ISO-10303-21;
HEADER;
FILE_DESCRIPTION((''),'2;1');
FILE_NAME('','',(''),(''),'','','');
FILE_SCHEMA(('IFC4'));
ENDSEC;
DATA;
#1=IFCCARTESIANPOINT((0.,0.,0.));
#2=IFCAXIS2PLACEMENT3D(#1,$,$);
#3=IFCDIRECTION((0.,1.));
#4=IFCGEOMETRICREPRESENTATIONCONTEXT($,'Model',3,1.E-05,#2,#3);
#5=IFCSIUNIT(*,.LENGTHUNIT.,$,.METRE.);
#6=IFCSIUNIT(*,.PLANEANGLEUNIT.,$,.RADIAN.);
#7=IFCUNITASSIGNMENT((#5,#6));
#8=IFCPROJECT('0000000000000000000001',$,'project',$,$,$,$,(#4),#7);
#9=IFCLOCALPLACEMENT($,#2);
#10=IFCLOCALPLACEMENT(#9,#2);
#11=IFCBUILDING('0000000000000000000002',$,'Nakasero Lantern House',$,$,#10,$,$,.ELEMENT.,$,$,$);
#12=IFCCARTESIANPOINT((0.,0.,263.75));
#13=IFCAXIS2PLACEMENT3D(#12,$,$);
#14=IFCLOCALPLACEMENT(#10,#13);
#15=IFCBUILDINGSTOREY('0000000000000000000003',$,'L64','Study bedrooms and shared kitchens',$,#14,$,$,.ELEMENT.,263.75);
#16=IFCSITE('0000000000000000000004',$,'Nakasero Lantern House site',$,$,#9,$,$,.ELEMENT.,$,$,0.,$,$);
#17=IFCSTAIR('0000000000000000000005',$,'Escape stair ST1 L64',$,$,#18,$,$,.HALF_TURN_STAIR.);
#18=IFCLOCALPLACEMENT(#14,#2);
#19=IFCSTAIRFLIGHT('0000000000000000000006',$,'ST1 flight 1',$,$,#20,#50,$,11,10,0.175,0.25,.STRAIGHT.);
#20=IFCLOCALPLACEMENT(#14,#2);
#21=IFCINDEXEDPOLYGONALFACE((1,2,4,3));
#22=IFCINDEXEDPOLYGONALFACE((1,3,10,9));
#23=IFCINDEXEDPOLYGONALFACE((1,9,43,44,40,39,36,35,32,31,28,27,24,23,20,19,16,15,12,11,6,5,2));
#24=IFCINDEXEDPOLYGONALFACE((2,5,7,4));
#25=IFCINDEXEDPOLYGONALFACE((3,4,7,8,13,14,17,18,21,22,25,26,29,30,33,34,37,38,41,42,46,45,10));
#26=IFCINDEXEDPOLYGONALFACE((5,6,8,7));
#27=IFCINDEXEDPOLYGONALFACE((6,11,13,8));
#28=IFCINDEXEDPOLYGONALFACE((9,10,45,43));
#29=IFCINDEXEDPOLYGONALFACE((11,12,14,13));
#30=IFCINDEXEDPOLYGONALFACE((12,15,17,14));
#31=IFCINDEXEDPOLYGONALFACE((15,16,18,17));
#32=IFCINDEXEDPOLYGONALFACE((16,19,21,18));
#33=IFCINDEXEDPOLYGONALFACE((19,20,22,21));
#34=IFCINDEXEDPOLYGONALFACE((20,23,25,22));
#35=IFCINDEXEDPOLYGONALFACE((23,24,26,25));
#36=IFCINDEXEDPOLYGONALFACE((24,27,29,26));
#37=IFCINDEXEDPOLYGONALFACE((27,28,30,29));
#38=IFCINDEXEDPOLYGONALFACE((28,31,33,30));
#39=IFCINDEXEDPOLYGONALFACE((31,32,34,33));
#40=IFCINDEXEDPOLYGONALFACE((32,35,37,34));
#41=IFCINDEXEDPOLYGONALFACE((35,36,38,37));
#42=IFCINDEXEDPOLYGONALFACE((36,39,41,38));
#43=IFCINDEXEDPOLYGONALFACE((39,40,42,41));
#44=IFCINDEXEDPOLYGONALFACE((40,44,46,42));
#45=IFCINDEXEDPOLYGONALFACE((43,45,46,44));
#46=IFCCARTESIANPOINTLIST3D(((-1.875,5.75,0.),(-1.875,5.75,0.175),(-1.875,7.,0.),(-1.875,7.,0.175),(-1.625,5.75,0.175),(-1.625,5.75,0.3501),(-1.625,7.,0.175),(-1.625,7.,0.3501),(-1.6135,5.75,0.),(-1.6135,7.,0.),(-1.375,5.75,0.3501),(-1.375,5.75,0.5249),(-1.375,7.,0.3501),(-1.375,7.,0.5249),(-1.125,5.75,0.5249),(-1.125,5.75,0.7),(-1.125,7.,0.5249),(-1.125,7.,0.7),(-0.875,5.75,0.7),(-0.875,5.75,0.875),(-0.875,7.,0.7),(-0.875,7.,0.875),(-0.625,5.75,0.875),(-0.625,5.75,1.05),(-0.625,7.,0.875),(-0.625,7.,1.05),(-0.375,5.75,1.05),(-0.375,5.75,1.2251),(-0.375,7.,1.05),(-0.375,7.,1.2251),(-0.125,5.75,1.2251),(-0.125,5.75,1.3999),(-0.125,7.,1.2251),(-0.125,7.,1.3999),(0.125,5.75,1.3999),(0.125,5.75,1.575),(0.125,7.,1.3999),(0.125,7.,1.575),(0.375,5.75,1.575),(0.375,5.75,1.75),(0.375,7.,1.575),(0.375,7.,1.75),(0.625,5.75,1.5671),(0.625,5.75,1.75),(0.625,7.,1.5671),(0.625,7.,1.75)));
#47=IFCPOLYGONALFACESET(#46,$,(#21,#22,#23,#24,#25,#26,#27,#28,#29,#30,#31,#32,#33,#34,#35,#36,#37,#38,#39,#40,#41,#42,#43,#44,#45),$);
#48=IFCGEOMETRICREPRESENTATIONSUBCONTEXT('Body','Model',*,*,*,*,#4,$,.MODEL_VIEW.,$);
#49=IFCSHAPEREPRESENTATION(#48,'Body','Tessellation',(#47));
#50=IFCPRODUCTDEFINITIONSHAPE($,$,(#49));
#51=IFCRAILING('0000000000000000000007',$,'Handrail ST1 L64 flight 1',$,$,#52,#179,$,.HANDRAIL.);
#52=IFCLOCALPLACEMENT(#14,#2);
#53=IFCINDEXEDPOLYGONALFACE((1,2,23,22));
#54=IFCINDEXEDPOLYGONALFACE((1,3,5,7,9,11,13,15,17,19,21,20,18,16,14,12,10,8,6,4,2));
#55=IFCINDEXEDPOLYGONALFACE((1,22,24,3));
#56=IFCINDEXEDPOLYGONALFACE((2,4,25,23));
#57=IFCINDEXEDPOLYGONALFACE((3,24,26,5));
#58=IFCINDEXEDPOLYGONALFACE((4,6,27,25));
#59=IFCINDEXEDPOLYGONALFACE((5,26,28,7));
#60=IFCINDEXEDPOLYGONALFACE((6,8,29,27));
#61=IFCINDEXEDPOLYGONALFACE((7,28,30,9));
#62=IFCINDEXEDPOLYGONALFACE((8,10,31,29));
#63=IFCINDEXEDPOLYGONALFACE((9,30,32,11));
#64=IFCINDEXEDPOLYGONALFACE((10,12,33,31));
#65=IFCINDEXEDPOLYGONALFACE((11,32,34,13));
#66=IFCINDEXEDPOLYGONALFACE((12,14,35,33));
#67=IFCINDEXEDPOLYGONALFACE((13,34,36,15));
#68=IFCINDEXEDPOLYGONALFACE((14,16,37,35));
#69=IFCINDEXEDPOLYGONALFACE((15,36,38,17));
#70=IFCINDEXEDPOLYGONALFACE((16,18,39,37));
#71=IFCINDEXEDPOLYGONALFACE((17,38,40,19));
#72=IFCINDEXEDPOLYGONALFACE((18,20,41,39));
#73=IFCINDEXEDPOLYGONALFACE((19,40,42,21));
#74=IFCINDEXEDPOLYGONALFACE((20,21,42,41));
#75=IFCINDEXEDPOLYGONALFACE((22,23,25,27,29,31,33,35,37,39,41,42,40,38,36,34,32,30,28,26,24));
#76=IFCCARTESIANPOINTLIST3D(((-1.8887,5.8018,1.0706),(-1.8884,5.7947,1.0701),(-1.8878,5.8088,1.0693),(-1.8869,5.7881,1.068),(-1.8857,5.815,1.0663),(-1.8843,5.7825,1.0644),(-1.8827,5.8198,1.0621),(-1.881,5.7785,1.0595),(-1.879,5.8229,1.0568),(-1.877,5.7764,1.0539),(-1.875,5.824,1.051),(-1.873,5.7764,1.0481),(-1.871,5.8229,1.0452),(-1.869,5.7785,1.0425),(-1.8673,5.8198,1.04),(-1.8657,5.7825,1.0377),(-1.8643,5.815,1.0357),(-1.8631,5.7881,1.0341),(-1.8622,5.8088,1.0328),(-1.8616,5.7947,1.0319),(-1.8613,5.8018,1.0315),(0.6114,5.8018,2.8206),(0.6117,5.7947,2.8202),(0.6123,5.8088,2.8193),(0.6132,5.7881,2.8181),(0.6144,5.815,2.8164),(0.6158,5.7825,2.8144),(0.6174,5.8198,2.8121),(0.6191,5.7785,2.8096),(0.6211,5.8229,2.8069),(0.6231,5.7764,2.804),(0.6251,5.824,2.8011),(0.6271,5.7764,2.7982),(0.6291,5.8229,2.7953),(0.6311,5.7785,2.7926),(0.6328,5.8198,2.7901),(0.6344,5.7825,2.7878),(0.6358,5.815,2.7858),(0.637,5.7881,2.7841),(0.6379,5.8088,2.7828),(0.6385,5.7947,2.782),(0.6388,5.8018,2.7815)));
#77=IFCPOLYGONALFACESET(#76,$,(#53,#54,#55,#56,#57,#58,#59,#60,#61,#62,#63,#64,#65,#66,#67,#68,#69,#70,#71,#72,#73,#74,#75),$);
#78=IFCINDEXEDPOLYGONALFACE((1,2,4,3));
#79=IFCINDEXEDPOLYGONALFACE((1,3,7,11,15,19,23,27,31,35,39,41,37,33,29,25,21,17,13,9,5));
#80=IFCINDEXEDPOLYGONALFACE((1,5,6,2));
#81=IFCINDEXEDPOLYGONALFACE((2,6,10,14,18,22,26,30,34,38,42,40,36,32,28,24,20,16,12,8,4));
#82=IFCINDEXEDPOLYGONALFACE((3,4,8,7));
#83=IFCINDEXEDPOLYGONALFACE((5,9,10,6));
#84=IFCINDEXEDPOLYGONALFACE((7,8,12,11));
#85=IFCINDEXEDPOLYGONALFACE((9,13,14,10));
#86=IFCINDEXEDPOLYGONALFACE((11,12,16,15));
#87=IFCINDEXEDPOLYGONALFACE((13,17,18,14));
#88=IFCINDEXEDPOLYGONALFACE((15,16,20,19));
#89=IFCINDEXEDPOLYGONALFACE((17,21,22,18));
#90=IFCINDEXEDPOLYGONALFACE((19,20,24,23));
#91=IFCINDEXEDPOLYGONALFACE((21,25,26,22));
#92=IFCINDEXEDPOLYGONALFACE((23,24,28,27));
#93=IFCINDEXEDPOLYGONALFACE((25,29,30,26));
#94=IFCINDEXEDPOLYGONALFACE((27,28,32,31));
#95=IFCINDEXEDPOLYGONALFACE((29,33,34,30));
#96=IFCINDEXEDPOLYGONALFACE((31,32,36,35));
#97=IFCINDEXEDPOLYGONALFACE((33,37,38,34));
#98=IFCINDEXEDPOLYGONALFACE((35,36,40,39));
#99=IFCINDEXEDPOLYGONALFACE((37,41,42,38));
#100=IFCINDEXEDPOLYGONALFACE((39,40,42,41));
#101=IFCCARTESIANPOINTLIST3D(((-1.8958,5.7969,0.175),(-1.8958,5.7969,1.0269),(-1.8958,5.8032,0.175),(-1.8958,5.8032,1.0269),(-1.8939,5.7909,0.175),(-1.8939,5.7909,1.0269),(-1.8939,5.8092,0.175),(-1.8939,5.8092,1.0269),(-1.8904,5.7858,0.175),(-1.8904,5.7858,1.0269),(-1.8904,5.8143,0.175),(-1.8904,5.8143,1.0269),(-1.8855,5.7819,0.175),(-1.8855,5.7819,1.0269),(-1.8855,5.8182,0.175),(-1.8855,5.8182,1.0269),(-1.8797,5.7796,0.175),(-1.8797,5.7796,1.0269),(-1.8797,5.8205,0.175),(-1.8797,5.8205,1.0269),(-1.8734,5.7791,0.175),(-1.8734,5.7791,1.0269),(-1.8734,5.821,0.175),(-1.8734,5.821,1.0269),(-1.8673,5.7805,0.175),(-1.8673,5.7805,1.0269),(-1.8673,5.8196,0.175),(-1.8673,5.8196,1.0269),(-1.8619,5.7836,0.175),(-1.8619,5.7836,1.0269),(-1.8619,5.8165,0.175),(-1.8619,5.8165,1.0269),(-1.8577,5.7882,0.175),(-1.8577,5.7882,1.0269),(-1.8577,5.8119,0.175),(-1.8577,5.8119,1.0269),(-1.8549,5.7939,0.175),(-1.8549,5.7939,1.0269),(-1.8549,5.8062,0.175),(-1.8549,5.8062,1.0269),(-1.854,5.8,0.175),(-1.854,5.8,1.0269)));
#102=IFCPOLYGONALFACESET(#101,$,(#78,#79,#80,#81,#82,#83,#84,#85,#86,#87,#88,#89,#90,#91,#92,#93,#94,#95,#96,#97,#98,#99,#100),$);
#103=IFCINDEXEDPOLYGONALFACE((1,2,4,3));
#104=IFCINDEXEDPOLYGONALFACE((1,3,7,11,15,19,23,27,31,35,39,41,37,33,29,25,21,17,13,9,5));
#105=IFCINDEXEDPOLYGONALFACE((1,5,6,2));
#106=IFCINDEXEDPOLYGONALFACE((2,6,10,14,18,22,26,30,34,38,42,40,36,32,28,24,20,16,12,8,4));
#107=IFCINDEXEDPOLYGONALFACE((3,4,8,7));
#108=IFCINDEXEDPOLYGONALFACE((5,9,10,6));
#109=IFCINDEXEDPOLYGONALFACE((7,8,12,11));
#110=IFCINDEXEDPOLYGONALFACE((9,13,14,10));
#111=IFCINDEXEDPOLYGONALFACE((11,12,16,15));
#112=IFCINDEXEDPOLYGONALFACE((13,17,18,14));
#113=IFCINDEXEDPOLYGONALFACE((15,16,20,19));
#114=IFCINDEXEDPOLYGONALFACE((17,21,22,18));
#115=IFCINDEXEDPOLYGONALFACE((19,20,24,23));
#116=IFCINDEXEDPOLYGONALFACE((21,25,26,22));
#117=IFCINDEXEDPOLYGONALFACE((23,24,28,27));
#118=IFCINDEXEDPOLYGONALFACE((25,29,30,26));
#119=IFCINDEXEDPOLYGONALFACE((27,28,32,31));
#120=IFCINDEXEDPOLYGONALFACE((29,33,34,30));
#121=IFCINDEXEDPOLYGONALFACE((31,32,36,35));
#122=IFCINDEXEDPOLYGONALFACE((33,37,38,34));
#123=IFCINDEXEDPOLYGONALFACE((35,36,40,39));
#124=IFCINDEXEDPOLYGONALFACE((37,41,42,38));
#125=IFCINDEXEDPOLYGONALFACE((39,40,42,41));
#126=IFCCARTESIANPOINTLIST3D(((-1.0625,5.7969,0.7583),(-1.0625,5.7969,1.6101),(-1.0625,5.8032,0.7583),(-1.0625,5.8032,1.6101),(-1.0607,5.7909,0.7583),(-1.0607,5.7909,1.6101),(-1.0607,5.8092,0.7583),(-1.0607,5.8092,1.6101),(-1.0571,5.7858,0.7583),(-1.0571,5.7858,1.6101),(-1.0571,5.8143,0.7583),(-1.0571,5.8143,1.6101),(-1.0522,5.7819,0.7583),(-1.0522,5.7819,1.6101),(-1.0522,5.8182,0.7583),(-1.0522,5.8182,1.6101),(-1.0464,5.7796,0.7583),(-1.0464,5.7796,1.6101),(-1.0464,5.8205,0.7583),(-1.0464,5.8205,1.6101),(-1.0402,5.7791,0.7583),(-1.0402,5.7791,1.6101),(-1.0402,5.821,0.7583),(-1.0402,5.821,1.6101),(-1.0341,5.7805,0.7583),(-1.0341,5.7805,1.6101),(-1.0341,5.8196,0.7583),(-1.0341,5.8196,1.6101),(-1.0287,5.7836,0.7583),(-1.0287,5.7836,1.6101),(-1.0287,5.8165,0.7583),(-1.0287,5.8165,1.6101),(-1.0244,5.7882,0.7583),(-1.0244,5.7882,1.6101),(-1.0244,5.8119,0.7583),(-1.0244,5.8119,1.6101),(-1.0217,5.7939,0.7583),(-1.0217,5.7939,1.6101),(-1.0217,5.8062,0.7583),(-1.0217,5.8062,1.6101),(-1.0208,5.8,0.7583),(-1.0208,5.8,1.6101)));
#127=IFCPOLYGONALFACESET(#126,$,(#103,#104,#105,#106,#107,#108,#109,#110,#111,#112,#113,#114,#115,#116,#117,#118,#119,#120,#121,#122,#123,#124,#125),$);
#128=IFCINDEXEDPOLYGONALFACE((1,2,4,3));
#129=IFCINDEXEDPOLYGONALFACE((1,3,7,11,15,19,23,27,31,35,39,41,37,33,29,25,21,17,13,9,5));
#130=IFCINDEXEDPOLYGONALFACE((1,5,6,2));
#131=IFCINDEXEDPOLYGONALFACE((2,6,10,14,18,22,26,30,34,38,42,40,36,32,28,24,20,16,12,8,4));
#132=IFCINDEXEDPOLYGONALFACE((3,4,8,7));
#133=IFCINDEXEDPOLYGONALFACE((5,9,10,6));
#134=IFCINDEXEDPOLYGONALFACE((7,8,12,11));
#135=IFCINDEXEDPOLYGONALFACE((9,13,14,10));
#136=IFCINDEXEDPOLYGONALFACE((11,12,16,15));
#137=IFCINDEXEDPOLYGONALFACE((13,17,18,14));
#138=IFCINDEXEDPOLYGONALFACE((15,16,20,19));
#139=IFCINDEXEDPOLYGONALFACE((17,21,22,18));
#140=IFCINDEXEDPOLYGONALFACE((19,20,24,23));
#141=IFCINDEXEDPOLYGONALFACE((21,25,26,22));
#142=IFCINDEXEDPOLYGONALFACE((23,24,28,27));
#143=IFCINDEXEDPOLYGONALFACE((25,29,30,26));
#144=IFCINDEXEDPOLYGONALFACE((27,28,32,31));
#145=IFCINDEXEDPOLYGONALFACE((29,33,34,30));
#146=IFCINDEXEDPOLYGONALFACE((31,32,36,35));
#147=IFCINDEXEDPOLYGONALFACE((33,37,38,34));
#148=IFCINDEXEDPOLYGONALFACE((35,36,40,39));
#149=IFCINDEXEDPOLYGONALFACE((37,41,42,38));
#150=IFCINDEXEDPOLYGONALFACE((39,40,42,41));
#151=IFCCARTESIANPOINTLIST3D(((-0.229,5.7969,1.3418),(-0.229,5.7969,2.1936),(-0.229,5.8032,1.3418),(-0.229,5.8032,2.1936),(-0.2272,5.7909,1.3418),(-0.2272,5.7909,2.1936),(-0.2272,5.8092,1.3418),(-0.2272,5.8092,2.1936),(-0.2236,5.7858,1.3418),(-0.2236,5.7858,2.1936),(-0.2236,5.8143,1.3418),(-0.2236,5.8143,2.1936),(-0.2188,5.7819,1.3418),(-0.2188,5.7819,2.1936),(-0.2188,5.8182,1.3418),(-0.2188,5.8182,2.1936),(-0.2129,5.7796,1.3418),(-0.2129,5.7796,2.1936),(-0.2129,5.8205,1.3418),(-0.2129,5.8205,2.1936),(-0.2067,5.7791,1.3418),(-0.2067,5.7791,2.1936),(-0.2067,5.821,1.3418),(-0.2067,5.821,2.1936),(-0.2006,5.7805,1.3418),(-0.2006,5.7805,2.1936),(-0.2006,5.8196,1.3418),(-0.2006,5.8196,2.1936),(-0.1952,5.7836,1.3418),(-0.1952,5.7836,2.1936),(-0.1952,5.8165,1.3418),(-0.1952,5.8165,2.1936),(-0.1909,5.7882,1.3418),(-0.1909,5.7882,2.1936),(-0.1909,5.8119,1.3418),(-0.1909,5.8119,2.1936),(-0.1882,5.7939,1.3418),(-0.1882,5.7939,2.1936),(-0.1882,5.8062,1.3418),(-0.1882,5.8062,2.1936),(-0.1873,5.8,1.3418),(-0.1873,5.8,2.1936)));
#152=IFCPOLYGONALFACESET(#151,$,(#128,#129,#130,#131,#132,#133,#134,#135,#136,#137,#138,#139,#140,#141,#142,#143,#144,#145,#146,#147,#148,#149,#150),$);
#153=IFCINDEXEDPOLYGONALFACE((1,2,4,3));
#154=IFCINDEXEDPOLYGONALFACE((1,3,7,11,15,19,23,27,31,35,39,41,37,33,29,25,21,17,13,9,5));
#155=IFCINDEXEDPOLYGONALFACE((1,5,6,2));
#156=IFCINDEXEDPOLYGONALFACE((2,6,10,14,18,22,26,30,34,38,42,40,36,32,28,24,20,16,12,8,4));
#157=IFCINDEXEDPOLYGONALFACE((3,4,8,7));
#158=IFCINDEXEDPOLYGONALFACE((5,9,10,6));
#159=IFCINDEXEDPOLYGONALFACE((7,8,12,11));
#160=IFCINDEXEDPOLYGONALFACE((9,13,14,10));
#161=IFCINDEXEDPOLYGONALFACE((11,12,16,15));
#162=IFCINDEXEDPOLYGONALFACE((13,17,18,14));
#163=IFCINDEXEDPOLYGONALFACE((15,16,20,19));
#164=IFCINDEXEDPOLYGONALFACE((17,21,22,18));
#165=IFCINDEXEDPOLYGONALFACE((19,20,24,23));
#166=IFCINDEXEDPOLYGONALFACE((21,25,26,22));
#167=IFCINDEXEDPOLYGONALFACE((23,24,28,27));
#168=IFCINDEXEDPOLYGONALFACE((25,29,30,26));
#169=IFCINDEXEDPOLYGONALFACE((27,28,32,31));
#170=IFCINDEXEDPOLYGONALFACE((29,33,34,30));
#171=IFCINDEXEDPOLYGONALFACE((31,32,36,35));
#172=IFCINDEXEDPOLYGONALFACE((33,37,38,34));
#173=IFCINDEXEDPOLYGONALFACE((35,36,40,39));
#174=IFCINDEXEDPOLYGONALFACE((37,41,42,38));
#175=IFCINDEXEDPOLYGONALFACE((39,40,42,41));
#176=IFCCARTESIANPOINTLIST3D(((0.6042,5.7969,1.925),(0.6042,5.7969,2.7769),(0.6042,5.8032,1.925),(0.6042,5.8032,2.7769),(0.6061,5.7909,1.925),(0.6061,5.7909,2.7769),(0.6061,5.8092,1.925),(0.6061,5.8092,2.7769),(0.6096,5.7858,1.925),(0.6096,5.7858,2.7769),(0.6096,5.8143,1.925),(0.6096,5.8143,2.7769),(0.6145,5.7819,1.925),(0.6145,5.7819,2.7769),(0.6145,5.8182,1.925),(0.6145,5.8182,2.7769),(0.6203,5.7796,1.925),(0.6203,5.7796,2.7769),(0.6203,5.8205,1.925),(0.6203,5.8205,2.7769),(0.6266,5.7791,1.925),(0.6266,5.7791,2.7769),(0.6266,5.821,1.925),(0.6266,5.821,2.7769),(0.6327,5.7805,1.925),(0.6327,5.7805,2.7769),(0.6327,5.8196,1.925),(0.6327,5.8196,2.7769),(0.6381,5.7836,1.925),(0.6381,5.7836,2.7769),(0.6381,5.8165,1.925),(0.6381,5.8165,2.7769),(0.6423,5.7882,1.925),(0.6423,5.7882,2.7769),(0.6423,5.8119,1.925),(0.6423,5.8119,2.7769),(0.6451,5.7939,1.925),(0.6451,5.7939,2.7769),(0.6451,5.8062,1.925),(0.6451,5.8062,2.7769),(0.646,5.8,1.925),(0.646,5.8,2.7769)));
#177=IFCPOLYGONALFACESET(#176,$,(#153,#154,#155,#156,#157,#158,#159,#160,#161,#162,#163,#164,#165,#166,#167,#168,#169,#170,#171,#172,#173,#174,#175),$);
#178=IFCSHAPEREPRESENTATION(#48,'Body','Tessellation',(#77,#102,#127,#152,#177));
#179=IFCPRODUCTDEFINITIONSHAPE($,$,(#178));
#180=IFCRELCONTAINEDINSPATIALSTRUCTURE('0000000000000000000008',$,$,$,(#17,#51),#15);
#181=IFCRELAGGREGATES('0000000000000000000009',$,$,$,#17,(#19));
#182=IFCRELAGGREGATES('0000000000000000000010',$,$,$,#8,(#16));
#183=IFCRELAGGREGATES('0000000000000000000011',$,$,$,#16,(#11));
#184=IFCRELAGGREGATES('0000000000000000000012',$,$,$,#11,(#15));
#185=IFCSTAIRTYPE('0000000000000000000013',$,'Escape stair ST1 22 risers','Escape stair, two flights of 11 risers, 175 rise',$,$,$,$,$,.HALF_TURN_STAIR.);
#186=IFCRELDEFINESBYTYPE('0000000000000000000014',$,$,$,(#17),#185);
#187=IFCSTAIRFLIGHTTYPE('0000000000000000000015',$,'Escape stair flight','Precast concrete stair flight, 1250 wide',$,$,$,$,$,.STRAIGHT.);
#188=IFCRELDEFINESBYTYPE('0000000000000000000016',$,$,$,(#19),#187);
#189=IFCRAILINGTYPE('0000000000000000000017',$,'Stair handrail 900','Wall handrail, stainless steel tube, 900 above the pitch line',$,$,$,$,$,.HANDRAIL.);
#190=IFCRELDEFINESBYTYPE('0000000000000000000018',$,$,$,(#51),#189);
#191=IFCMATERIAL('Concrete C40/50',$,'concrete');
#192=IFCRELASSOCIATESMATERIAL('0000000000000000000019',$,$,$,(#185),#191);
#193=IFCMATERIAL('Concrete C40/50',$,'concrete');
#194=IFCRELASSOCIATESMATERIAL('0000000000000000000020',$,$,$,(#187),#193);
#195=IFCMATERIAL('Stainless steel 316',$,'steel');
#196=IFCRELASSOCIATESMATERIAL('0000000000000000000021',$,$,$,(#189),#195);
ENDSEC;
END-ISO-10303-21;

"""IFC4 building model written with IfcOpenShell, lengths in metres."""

from ifc_helpers import new_model, si_unit, direction, frame, origin, origin_2d, place, context, subcontext, project, spatial, polyline, circle, outline, extrude, material, type_object, element, aggregate, save


model = new_model("IFC4")

# Units and contexts
model_context = context("Model", 3, precision=1e-05, world=origin(), true_north=direction((0.0, 1.0)))
body_context = subcontext(model_context, "Body", "Model", "MODEL_VIEW")
ifc_project = project(units=[si_unit("LENGTHUNIT", "METRE"), si_unit("PLANEANGLEUNIT", "RADIAN")], contexts=[model_context])

# Site, building, storey
site_placement = place(None, origin())
site = spatial("IfcSite", under=ifc_project, at=site_placement, Name="Nakasero Lantern House site", CompositionType="ELEMENT", RefElevation=0.0)
building_placement = place(site_placement, origin())
building = spatial("IfcBuilding", under=site, at=building_placement, Name="Nakasero Lantern House", CompositionType="ELEMENT")
storey_placement = place(building_placement, frame((0.0, 0.0, 263.75)))
storey = spatial("IfcBuildingStorey", under=building, at=storey_placement, Name="L64", Description="Study bedrooms and shared kitchens", CompositionType="ELEMENT", Elevation=263.75)

# Stair, stair flight
ifc_material_1 = material(Name="Concrete C40/50", Category="concrete")
stair_type = type_object("IfcStairType", Name="Escape stair ST1 22 risers", Description="Escape stair, two flights of 11 risers, 175 rise", PredefinedType="HALF_TURN_STAIR", material=ifc_material_1)
stair_placement = place(storey_placement, origin())
stair = element("IfcStair", 1, at=stair_placement, inside=storey, type_object=stair_type, Name="Escape stair ST1 L64", PredefinedType="HALF_TURN_STAIR")
ifc_material_2 = material(Name="Concrete C40/50", Category="concrete")
stair_flight_type = type_object("IfcStairFlightType", Name="Escape stair flight", Description="Precast concrete stair flight, 1250 wide", PredefinedType="STRAIGHT", material=ifc_material_2)
stair_flight_placement = place(storey_placement, frame((-1.875, 6.375, 0.0), z_axis=(0.0, 0.0, 1.0), x_axis=(1.0, 0.0, 0.0)))
stair_flight = element("IfcStairFlight", 2, at=stair_flight_placement, type_object=stair_flight_type, Name="ST1 flight 1", NumberOfRisers=11, NumberOfTreads=10, PredefinedType="STRAIGHT", RiserHeight=0.175, TreadLength=0.25, context=body_context, shape_type="SweptSolid", body=[
    extrude(outline(polyline([(0.0, 0.0), (0.0, 0.175), (0.25, 0.175), (0.25, 0.3501), (0.5, 0.3501), (0.5, 0.5249), (0.75, 0.5249), (0.75, 0.7), (1.0, 0.7), (1.0, 0.875), (1.25, 0.875), (1.25, 1.05), (1.5, 1.05), (1.5, 1.2251), (1.75, 1.2251), (1.75, 1.3999), (2.0, 1.3999), (2.0, 1.575), (2.25, 1.575), (2.25, 1.75), (2.5, 1.75), (2.5, 1.925), (2.5, 1.5671), (0.2615, 0.0), (0.0, 0.0)])), frame((0.0, 0.625, 0.0), z_axis=(0.0, -1.0, 0.0), x_axis=(1.0, 0.0, 0.0)), (0.0, 0.0, 1.0), 1.25),
])
aggregate(stair, [stair_flight])

# Railing
ifc_material_3 = material(Name="Stainless steel 316", Category="steel")
railing_type = type_object("IfcRailingType", Name="Stair handrail 900", Description="Wall handrail, stainless steel tube, 900 above the pitch line", PredefinedType="HANDRAIL", material=ifc_material_3)
railing_placement = place(storey_placement, frame((-1.875, 5.8, 0.175)))
element("IfcRailing", 3, at=railing_placement, inside=storey, type_object=railing_type, Name="Handrail ST1 L64 flight 1", PredefinedType="HANDRAIL", context=body_context, shape_type="SweptSolid", body=[
    extrude(circle(Radius=0.0239, at=origin_2d()), frame((0.0, 0.0, 0.876), z_axis=(0.819232, 0.0, 0.573462), x_axis=(0.0, 1.0, 0.0)), (0.0, 0.0, 1.0), 3.0518),
    extrude(circle(Radius=0.021, at=origin_2d()), origin(), (0.0, 0.0, 1.0), 0.8518),
    extrude(circle(Radius=0.021, at=origin_2d()), frame((0.8333, 0.0, 0.5833)), (0.0, 0.0, 1.0), 0.8518),
    extrude(circle(Radius=0.021, at=origin_2d()), frame((1.6667, 0.0, 1.1667)), (0.0, 0.0, 1.0), 0.8518),
    extrude(circle(Radius=0.021, at=origin_2d()), frame((2.5, 0.0, 1.75)), (0.0, 0.0, 1.0), 0.8518),
])

save(model, "model.ifc")
